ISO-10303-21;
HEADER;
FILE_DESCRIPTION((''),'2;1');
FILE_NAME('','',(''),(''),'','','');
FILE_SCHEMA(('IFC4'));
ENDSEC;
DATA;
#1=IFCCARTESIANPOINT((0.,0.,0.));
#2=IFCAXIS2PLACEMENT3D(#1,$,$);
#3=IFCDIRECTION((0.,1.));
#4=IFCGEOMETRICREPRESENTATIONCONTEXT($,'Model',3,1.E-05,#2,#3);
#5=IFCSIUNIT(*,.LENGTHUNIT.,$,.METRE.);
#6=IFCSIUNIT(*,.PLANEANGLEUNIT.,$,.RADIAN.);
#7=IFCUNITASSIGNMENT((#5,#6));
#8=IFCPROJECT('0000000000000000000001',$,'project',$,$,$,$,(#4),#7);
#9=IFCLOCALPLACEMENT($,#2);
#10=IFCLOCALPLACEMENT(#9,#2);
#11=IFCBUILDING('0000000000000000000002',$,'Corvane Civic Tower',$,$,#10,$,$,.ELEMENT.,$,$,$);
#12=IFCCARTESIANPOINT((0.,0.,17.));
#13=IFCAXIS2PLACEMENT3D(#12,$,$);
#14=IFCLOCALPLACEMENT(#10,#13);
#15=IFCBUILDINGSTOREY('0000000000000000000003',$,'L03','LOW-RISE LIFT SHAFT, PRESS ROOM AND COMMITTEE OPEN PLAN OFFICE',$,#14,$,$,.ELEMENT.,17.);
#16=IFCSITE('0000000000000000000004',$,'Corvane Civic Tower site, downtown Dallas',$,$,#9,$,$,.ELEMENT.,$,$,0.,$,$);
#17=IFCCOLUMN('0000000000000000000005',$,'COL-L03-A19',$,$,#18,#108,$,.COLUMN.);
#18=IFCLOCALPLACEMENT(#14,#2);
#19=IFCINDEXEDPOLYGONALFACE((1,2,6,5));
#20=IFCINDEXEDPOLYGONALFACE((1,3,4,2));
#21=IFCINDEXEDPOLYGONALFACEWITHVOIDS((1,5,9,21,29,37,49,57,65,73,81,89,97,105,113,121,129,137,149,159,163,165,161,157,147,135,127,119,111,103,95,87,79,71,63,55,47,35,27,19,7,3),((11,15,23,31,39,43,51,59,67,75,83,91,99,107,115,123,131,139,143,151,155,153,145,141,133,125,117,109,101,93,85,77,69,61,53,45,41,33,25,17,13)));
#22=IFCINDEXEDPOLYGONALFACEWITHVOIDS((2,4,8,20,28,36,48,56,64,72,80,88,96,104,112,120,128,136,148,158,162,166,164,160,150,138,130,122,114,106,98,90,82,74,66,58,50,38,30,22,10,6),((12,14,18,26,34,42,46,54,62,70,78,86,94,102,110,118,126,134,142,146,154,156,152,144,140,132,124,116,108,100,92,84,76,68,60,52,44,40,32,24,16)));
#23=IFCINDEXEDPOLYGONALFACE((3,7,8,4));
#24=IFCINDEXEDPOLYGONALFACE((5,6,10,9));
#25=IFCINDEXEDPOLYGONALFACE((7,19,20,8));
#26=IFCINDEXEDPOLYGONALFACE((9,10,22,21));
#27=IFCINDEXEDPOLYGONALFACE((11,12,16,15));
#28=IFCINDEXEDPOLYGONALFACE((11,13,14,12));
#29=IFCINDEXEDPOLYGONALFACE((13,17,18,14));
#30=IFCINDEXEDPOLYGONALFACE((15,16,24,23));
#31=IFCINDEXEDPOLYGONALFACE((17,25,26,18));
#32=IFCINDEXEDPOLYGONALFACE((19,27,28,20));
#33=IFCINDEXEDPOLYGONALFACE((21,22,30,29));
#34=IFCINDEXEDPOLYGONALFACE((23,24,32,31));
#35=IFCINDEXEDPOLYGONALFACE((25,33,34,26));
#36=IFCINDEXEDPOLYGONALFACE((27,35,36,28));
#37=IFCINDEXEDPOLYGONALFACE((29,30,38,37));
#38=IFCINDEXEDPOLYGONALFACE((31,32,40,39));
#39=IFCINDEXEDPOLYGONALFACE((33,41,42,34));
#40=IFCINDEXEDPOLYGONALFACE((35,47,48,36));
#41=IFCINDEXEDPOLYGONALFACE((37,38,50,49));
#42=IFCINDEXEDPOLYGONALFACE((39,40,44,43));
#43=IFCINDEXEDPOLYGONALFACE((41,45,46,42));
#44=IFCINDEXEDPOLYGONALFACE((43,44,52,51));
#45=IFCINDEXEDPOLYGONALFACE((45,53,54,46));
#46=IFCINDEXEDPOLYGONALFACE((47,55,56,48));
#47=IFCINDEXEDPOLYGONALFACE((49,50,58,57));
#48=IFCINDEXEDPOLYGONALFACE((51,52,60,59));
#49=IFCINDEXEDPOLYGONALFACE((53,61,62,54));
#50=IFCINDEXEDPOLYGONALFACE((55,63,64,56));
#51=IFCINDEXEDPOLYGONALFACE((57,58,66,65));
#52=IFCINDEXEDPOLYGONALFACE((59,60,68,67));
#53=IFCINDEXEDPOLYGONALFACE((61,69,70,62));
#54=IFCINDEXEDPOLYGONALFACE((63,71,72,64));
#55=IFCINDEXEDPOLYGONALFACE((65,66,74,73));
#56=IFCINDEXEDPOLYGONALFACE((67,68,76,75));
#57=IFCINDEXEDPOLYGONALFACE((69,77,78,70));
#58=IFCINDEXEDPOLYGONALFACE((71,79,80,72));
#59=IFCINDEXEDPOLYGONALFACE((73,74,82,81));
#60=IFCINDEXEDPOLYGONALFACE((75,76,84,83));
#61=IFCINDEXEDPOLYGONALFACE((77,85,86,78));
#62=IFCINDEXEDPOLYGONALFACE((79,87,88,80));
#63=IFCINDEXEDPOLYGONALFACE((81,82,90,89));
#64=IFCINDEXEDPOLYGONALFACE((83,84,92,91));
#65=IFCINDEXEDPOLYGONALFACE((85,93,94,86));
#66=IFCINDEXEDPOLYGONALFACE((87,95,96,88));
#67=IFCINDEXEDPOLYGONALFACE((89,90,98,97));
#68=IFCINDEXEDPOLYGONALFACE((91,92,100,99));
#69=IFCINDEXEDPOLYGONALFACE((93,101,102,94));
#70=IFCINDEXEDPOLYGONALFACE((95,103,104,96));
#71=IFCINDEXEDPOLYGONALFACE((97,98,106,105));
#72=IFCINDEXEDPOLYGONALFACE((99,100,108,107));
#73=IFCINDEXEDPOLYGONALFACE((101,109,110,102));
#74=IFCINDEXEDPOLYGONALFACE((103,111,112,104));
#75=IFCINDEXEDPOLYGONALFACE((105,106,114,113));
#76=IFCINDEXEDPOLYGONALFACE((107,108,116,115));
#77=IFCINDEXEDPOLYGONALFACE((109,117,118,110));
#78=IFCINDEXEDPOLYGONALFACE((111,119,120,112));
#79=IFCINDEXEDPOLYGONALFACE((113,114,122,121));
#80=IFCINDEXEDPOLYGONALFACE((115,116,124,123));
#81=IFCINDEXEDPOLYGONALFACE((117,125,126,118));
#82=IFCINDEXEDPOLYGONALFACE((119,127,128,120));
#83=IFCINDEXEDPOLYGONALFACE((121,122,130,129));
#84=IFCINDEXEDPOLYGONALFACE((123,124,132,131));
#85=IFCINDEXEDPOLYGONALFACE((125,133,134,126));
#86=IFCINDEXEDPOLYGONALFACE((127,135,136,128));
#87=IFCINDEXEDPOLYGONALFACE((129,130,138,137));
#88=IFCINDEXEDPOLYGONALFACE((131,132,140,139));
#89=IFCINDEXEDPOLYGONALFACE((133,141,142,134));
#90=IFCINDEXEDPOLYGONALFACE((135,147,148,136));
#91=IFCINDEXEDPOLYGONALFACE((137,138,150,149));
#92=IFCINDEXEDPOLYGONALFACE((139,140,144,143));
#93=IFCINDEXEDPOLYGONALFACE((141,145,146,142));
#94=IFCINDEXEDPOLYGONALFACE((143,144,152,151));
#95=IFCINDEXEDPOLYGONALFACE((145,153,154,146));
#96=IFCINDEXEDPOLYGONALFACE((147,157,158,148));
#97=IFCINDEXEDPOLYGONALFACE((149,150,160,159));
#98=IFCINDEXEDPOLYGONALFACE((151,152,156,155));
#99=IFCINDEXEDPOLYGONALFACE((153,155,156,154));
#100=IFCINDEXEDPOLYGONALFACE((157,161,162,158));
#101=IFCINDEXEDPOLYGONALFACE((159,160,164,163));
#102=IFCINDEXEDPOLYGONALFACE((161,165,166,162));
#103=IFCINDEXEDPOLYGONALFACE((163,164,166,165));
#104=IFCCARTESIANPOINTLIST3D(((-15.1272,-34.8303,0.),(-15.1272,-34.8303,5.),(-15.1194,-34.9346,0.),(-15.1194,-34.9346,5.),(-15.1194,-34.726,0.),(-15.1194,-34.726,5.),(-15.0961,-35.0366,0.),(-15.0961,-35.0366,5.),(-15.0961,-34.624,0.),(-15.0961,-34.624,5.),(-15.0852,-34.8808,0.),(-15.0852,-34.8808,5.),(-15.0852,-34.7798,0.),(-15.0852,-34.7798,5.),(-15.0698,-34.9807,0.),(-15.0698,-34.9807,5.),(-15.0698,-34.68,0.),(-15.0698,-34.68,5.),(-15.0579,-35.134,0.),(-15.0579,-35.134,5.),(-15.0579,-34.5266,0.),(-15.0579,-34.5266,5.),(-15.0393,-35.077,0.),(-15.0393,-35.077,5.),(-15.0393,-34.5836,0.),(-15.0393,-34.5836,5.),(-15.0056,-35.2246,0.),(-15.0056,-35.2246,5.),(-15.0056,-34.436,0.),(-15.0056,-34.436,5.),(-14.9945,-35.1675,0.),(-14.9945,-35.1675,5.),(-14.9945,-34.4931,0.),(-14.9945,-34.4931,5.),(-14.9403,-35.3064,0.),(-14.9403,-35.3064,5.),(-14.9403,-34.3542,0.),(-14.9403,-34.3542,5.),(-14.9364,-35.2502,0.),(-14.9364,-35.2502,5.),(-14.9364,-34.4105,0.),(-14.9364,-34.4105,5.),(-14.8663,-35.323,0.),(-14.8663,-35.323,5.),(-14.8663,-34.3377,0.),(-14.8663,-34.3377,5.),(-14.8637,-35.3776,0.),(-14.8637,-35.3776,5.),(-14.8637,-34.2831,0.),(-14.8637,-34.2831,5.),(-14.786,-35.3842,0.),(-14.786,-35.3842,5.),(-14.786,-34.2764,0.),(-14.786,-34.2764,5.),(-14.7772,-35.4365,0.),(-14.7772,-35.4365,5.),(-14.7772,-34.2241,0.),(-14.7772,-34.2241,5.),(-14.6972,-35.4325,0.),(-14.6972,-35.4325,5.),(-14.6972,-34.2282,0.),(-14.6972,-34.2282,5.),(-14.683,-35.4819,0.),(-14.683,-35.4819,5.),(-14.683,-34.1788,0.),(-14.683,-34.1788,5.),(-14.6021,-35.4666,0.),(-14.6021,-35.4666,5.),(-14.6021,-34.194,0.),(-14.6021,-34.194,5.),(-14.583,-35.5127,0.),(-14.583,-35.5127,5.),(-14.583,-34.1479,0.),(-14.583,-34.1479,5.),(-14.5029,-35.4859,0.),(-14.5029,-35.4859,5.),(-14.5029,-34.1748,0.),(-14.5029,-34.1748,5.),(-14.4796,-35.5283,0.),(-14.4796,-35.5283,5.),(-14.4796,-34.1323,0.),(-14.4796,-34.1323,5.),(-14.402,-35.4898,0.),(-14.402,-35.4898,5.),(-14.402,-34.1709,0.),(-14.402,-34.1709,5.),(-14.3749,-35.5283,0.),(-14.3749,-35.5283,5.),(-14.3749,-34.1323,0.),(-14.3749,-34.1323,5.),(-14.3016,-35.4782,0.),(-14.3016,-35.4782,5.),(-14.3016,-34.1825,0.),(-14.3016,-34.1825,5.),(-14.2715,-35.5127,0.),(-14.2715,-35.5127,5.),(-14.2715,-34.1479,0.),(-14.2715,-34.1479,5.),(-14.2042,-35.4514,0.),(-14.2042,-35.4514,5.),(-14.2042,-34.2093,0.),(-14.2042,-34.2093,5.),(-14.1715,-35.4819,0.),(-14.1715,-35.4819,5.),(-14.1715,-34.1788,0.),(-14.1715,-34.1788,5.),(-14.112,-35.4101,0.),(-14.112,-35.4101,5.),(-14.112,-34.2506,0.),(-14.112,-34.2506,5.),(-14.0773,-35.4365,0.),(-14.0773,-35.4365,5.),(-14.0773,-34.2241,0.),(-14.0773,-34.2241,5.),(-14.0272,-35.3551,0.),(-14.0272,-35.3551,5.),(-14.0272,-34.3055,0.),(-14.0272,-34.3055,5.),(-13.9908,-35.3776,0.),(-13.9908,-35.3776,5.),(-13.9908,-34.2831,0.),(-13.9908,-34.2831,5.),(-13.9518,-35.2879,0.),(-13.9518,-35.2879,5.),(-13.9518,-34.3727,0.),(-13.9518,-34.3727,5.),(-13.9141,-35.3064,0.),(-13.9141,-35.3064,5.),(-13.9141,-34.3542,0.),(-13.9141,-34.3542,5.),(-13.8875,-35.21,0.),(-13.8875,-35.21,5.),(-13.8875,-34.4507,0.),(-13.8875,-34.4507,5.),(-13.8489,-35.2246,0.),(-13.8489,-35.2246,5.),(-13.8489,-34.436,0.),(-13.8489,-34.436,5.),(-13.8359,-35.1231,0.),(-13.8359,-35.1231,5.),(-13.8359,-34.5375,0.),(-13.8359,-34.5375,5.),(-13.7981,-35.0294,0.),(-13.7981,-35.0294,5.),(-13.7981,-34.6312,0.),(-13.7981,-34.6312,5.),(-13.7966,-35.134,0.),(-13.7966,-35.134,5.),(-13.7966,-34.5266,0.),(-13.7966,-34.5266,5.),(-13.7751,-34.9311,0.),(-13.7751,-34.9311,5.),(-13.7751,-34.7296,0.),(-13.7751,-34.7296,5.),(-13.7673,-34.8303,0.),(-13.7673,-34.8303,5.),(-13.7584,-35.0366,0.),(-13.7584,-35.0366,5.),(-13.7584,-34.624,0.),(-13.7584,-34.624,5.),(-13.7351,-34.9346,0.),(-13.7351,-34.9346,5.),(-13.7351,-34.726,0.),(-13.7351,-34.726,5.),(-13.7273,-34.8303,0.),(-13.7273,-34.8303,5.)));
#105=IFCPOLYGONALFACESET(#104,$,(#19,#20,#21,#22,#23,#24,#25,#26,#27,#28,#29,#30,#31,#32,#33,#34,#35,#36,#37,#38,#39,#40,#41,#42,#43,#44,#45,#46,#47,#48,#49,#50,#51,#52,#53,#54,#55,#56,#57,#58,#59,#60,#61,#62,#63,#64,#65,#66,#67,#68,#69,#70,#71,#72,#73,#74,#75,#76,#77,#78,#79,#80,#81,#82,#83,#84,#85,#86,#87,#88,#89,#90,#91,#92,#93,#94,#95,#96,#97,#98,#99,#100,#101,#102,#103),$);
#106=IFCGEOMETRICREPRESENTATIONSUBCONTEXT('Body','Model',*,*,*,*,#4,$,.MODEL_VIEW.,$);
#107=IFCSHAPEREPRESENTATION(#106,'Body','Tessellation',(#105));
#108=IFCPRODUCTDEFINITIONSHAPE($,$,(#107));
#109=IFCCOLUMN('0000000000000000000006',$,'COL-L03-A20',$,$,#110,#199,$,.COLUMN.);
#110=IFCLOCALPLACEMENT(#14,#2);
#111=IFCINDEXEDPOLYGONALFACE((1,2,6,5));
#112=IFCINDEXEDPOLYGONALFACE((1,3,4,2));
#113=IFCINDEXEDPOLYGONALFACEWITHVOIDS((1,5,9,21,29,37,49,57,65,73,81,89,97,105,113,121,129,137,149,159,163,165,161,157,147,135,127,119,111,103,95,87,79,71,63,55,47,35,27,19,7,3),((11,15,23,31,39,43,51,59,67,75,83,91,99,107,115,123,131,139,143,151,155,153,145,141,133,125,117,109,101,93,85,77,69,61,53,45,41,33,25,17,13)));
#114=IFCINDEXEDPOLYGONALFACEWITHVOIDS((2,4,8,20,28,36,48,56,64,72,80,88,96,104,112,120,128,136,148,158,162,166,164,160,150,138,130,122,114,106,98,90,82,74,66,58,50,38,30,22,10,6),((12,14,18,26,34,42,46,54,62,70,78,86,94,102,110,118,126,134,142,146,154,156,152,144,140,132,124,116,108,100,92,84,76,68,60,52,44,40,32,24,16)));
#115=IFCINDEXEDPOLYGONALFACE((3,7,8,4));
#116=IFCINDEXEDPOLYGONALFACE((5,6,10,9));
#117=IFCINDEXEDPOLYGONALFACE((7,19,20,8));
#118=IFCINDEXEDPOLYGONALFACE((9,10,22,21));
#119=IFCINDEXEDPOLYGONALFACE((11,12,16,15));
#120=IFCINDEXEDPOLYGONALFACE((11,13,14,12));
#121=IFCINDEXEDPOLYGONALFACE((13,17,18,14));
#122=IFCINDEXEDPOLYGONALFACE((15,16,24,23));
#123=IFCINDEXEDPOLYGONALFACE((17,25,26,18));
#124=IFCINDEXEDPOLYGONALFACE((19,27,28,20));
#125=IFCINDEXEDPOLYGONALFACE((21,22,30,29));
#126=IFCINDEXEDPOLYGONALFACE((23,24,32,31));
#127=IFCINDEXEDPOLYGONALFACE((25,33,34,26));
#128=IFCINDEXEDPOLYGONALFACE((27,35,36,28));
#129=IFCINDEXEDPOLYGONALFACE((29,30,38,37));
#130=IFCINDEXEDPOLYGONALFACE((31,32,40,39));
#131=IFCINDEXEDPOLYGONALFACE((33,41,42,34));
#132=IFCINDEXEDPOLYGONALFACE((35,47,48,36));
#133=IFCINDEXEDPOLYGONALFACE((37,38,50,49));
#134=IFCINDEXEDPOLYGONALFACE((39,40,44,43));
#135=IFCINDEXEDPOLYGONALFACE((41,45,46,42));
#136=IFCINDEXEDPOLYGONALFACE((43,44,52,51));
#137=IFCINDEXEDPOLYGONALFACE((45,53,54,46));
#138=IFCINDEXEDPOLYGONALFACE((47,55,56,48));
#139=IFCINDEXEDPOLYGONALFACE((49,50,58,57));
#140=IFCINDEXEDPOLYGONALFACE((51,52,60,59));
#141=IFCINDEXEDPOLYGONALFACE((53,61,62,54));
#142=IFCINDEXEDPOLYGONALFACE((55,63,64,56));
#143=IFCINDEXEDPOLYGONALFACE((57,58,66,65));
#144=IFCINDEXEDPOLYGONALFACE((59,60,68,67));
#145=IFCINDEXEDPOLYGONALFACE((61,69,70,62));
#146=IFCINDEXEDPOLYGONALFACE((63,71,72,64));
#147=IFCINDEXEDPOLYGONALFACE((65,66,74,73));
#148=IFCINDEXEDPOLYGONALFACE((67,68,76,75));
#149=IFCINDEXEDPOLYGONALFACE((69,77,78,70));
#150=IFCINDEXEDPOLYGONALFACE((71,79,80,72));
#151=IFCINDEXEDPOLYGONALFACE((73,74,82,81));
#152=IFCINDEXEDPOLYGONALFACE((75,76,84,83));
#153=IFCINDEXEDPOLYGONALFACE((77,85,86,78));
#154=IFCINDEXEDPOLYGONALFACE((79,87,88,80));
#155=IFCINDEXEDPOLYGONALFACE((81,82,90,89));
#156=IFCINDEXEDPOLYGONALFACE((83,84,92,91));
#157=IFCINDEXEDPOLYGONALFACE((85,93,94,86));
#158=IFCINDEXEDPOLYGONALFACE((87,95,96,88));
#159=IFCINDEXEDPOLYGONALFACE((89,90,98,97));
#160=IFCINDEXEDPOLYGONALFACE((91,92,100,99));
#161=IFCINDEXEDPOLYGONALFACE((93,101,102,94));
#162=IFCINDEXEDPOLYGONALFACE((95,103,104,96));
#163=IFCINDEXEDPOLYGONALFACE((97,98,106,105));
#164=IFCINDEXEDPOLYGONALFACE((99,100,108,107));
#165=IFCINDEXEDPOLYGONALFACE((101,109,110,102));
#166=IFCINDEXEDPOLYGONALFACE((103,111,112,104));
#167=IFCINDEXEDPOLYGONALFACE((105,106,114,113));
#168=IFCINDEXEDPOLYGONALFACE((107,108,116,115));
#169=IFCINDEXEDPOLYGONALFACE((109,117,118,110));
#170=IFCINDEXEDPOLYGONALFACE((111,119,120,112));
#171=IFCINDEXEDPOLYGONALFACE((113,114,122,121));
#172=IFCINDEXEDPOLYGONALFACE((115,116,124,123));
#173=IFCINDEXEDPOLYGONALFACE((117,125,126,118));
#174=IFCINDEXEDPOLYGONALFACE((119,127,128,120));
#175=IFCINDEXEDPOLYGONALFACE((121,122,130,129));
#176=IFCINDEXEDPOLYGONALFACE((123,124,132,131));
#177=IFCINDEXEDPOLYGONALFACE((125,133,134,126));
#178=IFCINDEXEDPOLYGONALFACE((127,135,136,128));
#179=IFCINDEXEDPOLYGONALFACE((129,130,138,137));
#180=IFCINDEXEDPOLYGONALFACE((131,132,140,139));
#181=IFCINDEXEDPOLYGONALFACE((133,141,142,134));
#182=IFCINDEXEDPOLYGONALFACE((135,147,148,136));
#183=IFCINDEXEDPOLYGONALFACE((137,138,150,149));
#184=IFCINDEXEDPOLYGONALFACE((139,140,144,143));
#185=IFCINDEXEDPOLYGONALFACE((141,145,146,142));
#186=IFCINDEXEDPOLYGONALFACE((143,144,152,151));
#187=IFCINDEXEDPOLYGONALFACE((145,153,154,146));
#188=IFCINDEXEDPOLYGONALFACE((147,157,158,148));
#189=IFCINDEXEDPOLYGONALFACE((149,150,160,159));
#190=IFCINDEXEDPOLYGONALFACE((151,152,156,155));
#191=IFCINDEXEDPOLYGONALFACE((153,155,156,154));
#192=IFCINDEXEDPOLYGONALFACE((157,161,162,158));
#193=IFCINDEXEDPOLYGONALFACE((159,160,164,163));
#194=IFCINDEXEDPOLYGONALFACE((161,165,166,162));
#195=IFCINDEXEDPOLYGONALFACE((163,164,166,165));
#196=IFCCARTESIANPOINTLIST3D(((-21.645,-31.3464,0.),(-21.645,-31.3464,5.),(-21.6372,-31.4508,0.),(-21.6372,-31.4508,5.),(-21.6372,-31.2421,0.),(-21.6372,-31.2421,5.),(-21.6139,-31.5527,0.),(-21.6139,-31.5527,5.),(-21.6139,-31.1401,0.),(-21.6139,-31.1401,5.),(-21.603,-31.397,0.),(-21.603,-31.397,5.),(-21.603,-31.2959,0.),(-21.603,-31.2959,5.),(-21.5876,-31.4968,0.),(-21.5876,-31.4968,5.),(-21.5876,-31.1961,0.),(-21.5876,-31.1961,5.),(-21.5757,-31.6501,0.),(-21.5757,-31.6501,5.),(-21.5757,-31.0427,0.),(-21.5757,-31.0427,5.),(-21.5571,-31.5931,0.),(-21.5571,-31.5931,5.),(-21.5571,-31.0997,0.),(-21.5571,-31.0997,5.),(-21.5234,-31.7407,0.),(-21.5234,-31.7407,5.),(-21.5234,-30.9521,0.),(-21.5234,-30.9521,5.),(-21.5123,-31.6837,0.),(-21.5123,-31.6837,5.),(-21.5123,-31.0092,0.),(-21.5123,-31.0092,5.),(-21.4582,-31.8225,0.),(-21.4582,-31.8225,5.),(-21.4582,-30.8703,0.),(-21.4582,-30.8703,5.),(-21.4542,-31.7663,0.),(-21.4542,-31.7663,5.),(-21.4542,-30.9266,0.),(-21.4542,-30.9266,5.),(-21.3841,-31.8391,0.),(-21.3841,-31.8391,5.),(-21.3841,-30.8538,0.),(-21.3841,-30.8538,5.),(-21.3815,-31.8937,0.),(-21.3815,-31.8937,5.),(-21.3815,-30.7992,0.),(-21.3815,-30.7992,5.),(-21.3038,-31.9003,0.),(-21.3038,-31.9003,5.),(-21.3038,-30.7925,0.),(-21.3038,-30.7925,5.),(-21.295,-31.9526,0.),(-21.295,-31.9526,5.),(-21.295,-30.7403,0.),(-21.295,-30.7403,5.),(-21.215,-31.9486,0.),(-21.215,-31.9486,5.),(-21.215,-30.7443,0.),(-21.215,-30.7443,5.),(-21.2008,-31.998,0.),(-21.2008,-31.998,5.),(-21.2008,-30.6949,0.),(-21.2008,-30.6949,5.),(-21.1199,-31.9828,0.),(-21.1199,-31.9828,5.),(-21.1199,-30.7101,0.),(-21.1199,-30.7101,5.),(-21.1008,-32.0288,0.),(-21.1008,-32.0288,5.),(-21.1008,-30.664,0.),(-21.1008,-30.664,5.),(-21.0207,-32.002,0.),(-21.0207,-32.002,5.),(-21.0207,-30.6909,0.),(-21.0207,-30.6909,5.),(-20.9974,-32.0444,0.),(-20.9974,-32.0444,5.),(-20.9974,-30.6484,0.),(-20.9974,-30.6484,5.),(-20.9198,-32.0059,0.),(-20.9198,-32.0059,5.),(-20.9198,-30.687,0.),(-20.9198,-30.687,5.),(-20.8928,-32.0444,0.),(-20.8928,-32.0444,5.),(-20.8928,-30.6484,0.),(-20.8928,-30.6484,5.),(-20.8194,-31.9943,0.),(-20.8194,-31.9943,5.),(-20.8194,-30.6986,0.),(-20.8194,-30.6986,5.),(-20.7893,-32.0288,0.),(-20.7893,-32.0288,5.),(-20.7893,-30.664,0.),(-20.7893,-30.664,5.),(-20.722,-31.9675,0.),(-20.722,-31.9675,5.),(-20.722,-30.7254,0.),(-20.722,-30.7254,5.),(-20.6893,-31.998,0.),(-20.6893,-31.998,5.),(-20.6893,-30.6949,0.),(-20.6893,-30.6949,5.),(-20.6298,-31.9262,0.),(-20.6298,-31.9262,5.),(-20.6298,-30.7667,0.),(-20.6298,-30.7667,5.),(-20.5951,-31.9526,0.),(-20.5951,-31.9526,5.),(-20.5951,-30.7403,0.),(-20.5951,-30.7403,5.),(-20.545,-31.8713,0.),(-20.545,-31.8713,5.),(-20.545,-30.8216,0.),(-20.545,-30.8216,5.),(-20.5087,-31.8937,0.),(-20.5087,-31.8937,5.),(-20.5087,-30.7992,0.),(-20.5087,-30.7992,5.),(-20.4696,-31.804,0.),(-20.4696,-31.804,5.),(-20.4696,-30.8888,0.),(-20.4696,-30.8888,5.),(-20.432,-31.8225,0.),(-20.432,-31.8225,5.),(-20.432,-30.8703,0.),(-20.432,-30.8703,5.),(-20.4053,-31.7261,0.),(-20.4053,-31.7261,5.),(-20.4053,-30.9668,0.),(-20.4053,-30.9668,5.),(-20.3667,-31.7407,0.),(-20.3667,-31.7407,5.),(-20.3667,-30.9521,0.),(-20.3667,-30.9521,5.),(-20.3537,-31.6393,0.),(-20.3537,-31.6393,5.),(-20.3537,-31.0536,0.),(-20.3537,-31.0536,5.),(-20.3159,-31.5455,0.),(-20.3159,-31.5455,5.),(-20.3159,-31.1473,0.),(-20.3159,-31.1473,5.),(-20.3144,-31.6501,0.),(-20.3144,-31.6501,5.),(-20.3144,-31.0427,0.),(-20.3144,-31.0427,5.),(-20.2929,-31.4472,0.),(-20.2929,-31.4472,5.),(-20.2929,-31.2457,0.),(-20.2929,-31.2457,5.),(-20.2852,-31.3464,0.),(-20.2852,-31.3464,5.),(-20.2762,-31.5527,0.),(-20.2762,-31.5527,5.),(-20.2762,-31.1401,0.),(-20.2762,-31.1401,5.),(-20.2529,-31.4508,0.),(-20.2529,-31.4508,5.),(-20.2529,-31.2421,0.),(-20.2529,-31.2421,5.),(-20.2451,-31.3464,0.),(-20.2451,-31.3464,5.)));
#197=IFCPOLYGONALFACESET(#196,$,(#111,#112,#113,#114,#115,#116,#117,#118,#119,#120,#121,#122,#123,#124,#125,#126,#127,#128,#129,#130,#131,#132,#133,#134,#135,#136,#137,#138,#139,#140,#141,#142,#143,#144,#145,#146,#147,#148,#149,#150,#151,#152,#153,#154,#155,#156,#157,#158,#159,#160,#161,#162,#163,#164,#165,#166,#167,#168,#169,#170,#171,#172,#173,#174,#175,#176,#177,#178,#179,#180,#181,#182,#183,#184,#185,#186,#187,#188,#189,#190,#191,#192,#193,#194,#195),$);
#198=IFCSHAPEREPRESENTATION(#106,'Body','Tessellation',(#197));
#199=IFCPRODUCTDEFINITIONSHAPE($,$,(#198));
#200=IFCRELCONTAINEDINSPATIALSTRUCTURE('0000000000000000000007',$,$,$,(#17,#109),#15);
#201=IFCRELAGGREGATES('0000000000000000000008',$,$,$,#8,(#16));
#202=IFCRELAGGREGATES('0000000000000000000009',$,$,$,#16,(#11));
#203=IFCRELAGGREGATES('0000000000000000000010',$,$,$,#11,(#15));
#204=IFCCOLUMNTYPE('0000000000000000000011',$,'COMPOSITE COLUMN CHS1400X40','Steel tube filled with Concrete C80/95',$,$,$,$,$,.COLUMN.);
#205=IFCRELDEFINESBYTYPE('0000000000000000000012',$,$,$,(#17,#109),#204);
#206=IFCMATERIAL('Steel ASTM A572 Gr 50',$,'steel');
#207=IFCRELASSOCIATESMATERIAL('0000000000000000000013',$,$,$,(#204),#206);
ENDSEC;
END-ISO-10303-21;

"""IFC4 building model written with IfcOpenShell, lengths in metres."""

from ifc_helpers import new_model, si_unit, direction, frame, origin, origin_2d, place, context, subcontext, project, spatial, hollow_circle, extrude, material, material_profile, profile_set, type_object, element, save


model = new_model("IFC4")

# Units and contexts
model_context = context("Model", 3, precision=1e-05, world=origin(), true_north=direction((0.0, 1.0)))
body_context = subcontext(model_context, "Body", "Model", "MODEL_VIEW")
ifc_project = project(units=[si_unit("LENGTHUNIT", "METRE"), si_unit("PLANEANGLEUNIT", "RADIAN")], contexts=[model_context])

# Site, building, storey
site_placement = place(None, origin())
site = spatial("IfcSite", under=ifc_project, at=site_placement, Name="Corvane Civic Tower site, downtown Dallas", CompositionType="ELEMENT", RefElevation=0.0)
building_placement = place(site_placement, origin())
building = spatial("IfcBuilding", under=site, at=building_placement, Name="Corvane Civic Tower", CompositionType="ELEMENT")
storey_placement = place(building_placement, frame((0.0, 0.0, 17.0)))
storey = spatial("IfcBuildingStorey", under=building, at=storey_placement, Name="L03", Description="LOW-RISE LIFT SHAFT, PRESS ROOM AND COMMITTEE OPEN PLAN OFFICE", CompositionType="ELEMENT", Elevation=17.0)

# Columns
ifc_material_1 = material(Name="Steel ASTM A572 Gr 50", Category="steel")
ifc_material_profile_1 = material_profile(ifc_material_1, hollow_circle(Radius=0.7, WallThickness=0.04, at=origin_2d()), Name="CHS1400X40")
ifc_profile_set_1 = profile_set([ifc_material_profile_1], Name="Steel ASTM A572 Gr 50")
column_type_1 = type_object("IfcColumnType", Name="COMPOSITE COLUMN CHS1400X40", Description="Steel tube filled with Concrete C80/95", PredefinedType="COLUMN", material=ifc_profile_set_1)
for number, where, z_axis, x_axis, name in (
    (1, (-14.4272, -34.8303, 0.0), (0.0, 0.0, 1.0), (1.0, 0.0, 0.0), "COL-L03-A19"),
    (2, (-20.9451, -31.3464, 0.0), (0.0, 0.0, 1.0), (1.0, 0.0, 0.0), "COL-L03-A20"),
):
    element("IfcColumn", number, at=place(storey_placement, frame(where, z_axis=z_axis, x_axis=x_axis)), inside=storey, type_object=column_type_1, Name=name, PredefinedType="COLUMN", context=body_context, shape_type="SweptSolid", body=[
        extrude(hollow_circle(Radius=0.7, WallThickness=0.04, at=origin_2d()), origin(), (0.0, 0.0, 1.0), 5.0),
    ])

save(model, "model.ifc")
